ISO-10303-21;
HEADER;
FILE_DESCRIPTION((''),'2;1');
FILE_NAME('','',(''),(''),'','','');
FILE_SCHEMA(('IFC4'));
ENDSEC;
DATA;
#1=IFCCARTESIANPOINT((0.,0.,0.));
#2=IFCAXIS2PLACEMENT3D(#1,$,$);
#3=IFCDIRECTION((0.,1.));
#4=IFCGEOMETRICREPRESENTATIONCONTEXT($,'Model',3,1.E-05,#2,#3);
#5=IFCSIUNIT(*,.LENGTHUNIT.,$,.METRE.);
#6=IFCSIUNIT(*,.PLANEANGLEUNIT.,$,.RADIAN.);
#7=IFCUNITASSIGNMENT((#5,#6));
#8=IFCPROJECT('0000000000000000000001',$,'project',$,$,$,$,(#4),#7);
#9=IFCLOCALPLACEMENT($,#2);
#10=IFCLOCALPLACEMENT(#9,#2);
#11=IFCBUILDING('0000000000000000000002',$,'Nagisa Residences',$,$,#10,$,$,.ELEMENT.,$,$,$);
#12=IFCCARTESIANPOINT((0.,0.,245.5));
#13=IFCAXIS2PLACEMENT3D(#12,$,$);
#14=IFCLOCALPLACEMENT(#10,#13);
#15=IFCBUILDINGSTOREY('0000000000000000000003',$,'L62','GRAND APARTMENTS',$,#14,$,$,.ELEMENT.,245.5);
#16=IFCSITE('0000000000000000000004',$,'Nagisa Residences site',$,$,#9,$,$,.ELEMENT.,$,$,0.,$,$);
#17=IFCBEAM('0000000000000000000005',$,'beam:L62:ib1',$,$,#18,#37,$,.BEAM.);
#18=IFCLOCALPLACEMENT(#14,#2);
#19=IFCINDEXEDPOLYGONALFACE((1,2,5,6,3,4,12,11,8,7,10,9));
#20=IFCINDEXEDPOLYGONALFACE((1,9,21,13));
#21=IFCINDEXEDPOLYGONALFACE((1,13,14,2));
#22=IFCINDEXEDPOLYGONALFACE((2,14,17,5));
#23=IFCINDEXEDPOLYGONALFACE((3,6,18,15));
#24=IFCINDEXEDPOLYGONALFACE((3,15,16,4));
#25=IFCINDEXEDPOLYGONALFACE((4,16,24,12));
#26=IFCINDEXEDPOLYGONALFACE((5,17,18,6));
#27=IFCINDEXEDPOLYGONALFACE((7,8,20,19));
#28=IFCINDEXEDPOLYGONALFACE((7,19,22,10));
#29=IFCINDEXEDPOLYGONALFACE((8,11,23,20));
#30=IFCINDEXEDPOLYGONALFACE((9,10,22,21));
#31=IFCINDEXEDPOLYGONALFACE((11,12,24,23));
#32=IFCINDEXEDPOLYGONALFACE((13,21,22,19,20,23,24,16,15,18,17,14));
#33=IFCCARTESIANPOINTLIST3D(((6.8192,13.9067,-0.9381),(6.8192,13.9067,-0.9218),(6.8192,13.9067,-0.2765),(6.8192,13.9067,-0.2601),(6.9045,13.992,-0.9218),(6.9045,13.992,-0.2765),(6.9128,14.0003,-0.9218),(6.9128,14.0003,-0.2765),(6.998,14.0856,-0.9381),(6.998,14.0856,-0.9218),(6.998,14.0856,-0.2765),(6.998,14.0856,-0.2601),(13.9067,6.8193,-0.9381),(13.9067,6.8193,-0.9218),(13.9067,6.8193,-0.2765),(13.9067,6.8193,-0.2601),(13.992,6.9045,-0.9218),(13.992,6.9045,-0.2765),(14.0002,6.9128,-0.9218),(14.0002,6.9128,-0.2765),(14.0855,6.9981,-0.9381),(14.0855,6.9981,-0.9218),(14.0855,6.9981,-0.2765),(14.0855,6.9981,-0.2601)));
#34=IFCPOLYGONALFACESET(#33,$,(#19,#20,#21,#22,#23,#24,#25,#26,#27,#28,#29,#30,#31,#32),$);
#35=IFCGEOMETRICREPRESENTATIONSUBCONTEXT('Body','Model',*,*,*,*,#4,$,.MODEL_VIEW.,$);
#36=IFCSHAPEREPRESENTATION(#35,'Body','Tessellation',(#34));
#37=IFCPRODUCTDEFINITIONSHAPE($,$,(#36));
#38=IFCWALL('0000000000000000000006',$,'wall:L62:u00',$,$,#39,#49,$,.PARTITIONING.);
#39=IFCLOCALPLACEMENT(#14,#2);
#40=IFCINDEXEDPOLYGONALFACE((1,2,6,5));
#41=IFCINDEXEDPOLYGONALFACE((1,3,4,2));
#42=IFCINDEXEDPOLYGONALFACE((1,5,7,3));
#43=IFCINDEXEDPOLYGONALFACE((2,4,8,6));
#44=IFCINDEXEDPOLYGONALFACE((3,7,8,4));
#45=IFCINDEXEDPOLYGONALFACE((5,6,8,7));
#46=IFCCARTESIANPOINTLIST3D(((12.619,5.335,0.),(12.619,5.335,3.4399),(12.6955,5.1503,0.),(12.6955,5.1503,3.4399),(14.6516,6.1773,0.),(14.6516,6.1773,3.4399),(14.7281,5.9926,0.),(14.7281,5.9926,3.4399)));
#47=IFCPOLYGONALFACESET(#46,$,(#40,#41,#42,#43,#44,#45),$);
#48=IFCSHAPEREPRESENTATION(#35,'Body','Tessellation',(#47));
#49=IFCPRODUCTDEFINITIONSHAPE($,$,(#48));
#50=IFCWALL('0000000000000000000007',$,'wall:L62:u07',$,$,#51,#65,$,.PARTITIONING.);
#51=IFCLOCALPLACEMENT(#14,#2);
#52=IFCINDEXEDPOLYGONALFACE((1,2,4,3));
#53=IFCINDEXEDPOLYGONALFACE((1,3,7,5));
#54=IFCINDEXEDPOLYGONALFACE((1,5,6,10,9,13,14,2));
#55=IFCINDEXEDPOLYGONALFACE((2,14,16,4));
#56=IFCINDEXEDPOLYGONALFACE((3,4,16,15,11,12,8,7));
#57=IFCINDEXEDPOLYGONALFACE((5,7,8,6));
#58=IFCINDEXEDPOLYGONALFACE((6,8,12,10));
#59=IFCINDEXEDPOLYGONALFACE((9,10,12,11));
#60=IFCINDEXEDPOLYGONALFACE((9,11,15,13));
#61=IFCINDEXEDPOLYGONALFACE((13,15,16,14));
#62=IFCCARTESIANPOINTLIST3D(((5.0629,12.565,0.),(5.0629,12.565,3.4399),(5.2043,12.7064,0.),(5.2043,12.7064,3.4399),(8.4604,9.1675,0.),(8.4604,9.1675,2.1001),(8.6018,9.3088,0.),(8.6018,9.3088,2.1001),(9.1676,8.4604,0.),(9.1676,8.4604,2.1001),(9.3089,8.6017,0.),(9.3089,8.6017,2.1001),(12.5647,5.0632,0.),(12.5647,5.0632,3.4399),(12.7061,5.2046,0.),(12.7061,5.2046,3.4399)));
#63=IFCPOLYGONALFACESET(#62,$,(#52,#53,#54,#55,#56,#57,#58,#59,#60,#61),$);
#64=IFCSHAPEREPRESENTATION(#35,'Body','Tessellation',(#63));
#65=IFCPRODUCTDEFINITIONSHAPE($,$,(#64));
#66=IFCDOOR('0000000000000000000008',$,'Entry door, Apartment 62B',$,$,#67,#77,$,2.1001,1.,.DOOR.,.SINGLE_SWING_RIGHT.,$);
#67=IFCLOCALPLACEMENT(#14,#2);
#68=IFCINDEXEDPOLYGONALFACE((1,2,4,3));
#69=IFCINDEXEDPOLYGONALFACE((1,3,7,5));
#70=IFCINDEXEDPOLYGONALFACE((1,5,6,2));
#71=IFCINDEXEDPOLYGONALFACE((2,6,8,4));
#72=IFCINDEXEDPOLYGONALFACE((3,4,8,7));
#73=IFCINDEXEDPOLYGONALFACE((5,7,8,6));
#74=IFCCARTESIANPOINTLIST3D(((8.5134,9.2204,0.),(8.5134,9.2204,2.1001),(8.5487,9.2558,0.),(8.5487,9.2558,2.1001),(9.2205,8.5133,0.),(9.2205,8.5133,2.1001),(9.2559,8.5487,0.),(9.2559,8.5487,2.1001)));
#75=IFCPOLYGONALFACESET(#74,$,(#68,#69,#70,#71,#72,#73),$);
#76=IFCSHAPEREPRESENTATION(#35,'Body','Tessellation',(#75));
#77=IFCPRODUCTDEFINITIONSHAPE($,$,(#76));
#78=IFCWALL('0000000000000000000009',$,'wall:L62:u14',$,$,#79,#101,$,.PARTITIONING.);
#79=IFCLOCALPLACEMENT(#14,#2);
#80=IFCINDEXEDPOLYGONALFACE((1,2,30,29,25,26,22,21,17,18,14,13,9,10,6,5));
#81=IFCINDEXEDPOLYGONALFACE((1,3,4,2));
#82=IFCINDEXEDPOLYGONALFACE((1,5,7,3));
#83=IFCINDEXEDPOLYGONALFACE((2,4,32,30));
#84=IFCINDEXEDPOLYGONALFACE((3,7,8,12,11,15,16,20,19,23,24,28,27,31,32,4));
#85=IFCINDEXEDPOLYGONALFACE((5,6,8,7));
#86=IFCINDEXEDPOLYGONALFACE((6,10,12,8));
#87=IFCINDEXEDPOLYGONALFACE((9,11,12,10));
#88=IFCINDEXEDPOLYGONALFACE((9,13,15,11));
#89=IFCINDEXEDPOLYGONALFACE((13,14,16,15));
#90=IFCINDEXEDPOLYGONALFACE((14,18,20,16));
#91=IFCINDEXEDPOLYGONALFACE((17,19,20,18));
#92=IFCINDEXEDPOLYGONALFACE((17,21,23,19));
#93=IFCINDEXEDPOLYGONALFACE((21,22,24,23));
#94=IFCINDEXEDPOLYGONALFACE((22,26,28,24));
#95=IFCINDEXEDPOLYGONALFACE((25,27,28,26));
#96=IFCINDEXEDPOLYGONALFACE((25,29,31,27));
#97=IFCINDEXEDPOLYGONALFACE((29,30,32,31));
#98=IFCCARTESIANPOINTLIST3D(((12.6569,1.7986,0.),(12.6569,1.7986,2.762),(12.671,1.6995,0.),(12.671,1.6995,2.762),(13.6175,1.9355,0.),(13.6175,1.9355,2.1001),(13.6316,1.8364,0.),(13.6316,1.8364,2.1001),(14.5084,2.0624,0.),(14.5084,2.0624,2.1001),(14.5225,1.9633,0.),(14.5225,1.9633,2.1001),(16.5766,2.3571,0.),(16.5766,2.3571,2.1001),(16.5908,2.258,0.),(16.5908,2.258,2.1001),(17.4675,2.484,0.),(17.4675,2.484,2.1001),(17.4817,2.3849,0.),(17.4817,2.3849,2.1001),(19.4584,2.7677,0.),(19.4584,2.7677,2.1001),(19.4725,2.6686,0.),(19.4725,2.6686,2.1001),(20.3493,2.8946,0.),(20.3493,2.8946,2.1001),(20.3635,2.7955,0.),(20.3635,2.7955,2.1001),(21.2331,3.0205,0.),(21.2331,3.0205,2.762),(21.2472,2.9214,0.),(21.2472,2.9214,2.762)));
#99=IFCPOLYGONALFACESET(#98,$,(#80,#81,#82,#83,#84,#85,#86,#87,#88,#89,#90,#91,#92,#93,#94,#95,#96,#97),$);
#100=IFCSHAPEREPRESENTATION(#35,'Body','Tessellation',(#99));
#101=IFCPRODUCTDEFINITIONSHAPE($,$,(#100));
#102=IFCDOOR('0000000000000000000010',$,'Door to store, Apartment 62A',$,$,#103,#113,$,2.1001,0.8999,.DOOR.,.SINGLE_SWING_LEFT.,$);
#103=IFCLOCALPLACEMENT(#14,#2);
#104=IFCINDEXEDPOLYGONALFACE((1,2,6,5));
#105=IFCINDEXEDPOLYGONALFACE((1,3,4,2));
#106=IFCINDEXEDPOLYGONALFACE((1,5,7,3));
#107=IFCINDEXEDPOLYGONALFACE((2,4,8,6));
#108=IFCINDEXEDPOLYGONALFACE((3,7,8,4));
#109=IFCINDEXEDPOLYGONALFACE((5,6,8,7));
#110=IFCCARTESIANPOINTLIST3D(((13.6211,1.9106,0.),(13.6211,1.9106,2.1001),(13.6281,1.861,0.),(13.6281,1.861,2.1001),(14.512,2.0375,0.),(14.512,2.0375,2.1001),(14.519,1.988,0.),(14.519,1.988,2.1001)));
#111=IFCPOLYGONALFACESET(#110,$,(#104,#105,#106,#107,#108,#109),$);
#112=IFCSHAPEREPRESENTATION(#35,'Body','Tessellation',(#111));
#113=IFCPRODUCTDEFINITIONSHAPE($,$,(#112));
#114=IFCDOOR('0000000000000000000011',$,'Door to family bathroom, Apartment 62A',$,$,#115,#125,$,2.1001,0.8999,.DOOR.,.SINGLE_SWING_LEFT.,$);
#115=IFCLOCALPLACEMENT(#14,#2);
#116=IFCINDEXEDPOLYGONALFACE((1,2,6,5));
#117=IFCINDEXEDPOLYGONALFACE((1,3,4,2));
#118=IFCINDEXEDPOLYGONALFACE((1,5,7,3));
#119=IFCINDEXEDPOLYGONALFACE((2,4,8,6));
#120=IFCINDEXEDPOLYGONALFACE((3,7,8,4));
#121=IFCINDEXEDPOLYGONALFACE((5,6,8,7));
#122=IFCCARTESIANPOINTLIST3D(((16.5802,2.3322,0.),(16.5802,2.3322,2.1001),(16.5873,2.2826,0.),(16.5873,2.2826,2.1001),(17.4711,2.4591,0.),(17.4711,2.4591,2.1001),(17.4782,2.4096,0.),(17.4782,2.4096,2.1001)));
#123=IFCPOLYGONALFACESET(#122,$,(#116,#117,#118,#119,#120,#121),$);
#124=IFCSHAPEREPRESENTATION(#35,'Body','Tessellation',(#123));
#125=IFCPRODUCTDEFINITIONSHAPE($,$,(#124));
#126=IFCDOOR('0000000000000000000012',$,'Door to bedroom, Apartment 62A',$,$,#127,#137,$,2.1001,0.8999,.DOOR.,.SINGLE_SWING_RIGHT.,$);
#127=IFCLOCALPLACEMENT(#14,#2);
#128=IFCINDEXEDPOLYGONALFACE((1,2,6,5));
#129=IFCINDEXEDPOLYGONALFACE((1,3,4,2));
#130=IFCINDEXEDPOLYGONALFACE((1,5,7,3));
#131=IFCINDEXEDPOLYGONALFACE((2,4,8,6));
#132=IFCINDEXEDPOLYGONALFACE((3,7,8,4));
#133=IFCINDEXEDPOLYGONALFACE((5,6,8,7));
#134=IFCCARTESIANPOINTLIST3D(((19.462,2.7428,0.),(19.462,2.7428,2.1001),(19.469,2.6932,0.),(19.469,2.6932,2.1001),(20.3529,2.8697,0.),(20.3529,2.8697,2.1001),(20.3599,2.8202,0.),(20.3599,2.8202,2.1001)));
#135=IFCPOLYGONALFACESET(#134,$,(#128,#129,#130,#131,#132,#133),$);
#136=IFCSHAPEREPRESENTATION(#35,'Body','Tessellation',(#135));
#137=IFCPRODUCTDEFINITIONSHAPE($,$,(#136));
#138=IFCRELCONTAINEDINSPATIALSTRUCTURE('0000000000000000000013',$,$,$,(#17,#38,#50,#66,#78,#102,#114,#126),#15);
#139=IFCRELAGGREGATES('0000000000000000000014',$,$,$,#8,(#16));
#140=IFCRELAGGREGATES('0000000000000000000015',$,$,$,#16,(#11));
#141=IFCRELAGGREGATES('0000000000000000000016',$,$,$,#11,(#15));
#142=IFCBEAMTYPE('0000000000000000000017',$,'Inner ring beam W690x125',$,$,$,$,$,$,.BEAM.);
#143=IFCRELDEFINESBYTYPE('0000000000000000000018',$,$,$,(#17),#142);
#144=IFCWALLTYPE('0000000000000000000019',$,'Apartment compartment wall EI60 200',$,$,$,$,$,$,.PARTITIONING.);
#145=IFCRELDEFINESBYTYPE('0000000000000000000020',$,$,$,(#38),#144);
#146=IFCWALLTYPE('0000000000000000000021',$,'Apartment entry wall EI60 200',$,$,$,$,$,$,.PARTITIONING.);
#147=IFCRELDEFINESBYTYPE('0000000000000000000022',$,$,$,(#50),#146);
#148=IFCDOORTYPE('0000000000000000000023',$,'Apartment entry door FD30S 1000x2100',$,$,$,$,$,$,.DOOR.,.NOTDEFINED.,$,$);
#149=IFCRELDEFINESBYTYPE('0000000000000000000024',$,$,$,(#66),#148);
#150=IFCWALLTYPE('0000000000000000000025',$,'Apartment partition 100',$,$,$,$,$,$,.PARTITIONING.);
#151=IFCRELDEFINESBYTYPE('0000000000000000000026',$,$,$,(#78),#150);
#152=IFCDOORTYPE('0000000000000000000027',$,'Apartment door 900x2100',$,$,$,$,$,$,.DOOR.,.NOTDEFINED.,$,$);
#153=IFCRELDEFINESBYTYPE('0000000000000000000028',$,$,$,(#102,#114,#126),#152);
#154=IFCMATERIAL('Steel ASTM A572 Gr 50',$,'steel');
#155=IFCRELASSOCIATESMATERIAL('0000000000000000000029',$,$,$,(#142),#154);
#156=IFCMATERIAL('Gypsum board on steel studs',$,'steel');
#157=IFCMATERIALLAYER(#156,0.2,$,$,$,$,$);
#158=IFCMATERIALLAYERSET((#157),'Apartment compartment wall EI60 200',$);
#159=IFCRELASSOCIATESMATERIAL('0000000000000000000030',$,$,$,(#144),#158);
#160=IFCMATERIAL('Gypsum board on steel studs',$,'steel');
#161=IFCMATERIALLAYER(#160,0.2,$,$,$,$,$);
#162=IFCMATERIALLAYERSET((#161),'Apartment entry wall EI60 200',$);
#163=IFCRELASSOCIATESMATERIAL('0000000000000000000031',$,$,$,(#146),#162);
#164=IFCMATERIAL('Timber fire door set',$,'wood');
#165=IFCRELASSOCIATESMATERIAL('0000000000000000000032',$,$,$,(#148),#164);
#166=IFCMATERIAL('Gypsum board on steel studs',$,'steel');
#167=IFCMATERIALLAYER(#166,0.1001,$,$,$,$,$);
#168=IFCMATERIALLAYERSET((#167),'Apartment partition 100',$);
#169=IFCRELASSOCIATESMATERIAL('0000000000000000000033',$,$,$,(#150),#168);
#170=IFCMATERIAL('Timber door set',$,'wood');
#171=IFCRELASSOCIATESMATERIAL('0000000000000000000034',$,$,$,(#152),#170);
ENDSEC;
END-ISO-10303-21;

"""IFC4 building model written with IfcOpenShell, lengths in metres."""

from ifc_helpers import new_model, si_unit, direction, frame, frame_2d, origin, origin_2d, place, context, subcontext, project, spatial, rectangle, i_section, extrude, material, layer, layer_set, material_profile, profile_set, type_object, element, fill, save


model = new_model("IFC4")

# Units and contexts
model_context = context("Model", 3, precision=1e-05, world=origin(), true_north=direction((0.0, 1.0)))
body_context = subcontext(model_context, "Body", "Model", "MODEL_VIEW")
ifc_project = project(units=[si_unit("LENGTHUNIT", "METRE"), si_unit("PLANEANGLEUNIT", "RADIAN")], contexts=[model_context])

# Site, building, storey
site_placement = place(None, origin())
site = spatial("IfcSite", under=ifc_project, at=site_placement, Name="Nagisa Residences site", CompositionType="ELEMENT", RefElevation=0.0)
building_placement = place(site_placement, origin())
building = spatial("IfcBuilding", under=site, at=building_placement, Name="Nagisa Residences", CompositionType="ELEMENT")
storey_placement = place(building_placement, frame((0.0, 0.0, 245.5)))
storey = spatial("IfcBuildingStorey", under=building, at=storey_placement, Name="L62", Description="GRAND APARTMENTS", CompositionType="ELEMENT", Elevation=245.5)

# Beam
ifc_material_1 = material(Name="Steel ASTM A572 Gr 50", Category="steel")
ifc_material_profile = material_profile(ifc_material_1, i_section(OverallWidth=0.2529, OverallDepth=0.678, WebThickness=0.0117, FlangeThickness=0.0164, at=origin_2d()), Name="W690x125")
ifc_profile_set = profile_set([ifc_material_profile], Name="Steel ASTM A572 Gr 50")
beam_type = type_object("IfcBeamType", Name="Inner ring beam W690x125", PredefinedType="BEAM", material=ifc_profile_set)
beam_placement = place(storey_placement, frame((13.9961, 6.9087, -0.5991), z_axis=(-0.707107, 0.707107, 0.0), x_axis=(-0.707107, -0.707107, 0.0)))
element("IfcBeam", 1, at=beam_placement, inside=storey, type_object=beam_type, Name="beam:L62:ib1", PredefinedType="BEAM", context=body_context, shape_type="SweptSolid", body=[
    extrude(i_section(OverallWidth=0.2529, OverallDepth=0.678, WebThickness=0.0117, FlangeThickness=0.0164, at=origin_2d()), origin(), (0.0, 0.0, 1.0), 10.0232),
])

# Wall
ifc_material_2 = material(Name="Gypsum board on steel studs", Category="steel")
ifc_layer_1 = layer(ifc_material_2, 0.2)
ifc_layer_set_1 = layer_set([ifc_layer_1], Name="Apartment compartment wall EI60 200")
wall_type_1 = type_object("IfcWallType", Name="Apartment compartment wall EI60 200", PredefinedType="PARTITIONING", material=ifc_layer_set_1)
wall_1_placement = place(storey_placement, frame((12.6572, 5.2427, 0.0), z_axis=(0.0, 0.0, 1.0), x_axis=(0.92383, 0.382803, 0.0)))
element("IfcWall", 2, at=wall_1_placement, inside=storey, type_object=wall_type_1, Name="wall:L62:u00", PredefinedType="PARTITIONING", context=body_context, shape_type="SweptSolid", body=[
    extrude(rectangle(XDim=2.2002, YDim=0.2, at=frame_2d((1.1001, 0.0))), origin(), (0.0, 0.0, 1.0), 3.4399),
])

# Wall, opening, door
ifc_material_3 = material(Name="Gypsum board on steel studs", Category="steel")
ifc_layer_2 = layer(ifc_material_3, 0.2)
ifc_layer_set_2 = layer_set([ifc_layer_2], Name="Apartment entry wall EI60 200")
wall_type_2 = type_object("IfcWallType", Name="Apartment entry wall EI60 200", PredefinedType="PARTITIONING", material=ifc_layer_set_2)
wall_2_placement = place(storey_placement, frame((12.6355, 5.1338, 0.0), z_axis=(0.0, 0.0, 1.0), x_axis=(-0.707107, 0.707107, 0.0)))
wall_2 = element("IfcWall", 3, at=wall_2_placement, inside=storey, type_object=wall_type_2, Name="wall:L62:u07", PredefinedType="PARTITIONING", context=body_context, shape_type="SweptSolid", body=[
    extrude(rectangle(XDim=10.6091, YDim=0.2, at=frame_2d((5.3047, 0.0))), origin(), (0.0, 0.0, 1.0), 3.4399),
])
opening_1_placement = place(wall_2_placement, frame((4.8044, 0.0, 0.0)))
opening_1 = element("IfcOpeningElement", 4, at=opening_1_placement, cuts=wall_2, PredefinedType="OPENING", context=body_context, shape_type="SweptSolid", body=[
    extrude(rectangle(XDim=1.0, YDim=2.1001, at=frame_2d((0.5, 1.05))), frame((0.0, 0.1099, 0.0), z_axis=(0.0, -1.0, 0.0), x_axis=(1.0, 0.0, 0.0)), (0.0, 0.0, 1.0), 0.22),
])
ifc_material_4 = material(Name="Timber fire door set", Category="wood")
door_type_1 = type_object("IfcDoorType", Name="Apartment entry door FD30S 1000x2100", OperationType="NOTDEFINED", PredefinedType="DOOR", material=ifc_material_4)
door_1_placement = place(opening_1_placement, frame((1.0, 0.0, 0.0), x_axis=(-1.0, 0.0, 0.0)))
door_1 = element("IfcDoor", 5, at=door_1_placement, inside=storey, type_object=door_type_1, Name="Entry door, Apartment 62B", OperationType="SINGLE_SWING_RIGHT", OverallHeight=2.1001, OverallWidth=1.0, PredefinedType="DOOR", context=body_context, shape_type="SweptSolid", body=[
    extrude(rectangle(XDim=1.0, YDim=2.1001, at=frame_2d((0.5, 1.05))), frame((0.0, 0.0249, 0.0), z_axis=(0.0, -1.0, 0.0), x_axis=(1.0, 0.0, 0.0)), (0.0, 0.0, 1.0), 0.05),
])
fill(opening_1, door_1)

# Wall, openings, doors
ifc_material_5 = material(Name="Gypsum board on steel studs", Category="steel")
ifc_layer_3 = layer(ifc_material_5, 0.1001)
ifc_layer_set_3 = layer_set([ifc_layer_3], Name="Apartment partition 100")
wall_type_3 = type_object("IfcWallType", Name="Apartment partition 100", PredefinedType="PARTITIONING", material=ifc_layer_set_3)
wall_3_placement = place(storey_placement, frame((12.6638, 1.749, 0.0), z_axis=(0.0, 0.0, 1.0), x_axis=(0.990002, 0.141054, 0.0)))
wall_3 = element("IfcWall", 6, at=wall_3_placement, inside=storey, type_object=wall_type_3, Name="wall:L62:u14", PredefinedType="PARTITIONING", context=body_context, shape_type="SweptSolid", body=[
    extrude(rectangle(XDim=8.6628, YDim=0.1001, at=frame_2d((4.3315, 0.0))), origin(), (0.0, 0.0, 1.0), 2.762),
])
opening_2_placement = place(wall_3_placement, frame((0.9705, 0.0, 0.0)))
opening_2 = element("IfcOpeningElement", 7, at=opening_2_placement, cuts=wall_3, PredefinedType="OPENING", context=body_context, shape_type="SweptSolid", body=[
    extrude(rectangle(XDim=0.8999, YDim=2.1001, at=frame_2d((0.45, 1.05))), frame((0.0, 0.0601, 0.0), z_axis=(0.0, -1.0, 0.0), x_axis=(1.0, 0.0, 0.0)), (0.0, 0.0, 1.0), 0.1201),
])
opening_3_placement = place(wall_3_placement, frame((3.9595, 0.0, 0.0)))
opening_3 = element("IfcOpeningElement", 8, at=opening_3_placement, cuts=wall_3, PredefinedType="OPENING", context=body_context, shape_type="SweptSolid", body=[
    extrude(rectangle(XDim=0.8999, YDim=2.1001, at=frame_2d((0.45, 1.05))), frame((0.0, 0.0601, 0.0), z_axis=(0.0, -1.0, 0.0), x_axis=(1.0, 0.0, 0.0)), (0.0, 0.0, 1.0), 0.1201),
])
opening_4_placement = place(wall_3_placement, frame((6.8704, 0.0, 0.0)))
opening_4 = element("IfcOpeningElement", 9, at=opening_4_placement, cuts=wall_3, PredefinedType="OPENING", context=body_context, shape_type="SweptSolid", body=[
    extrude(rectangle(XDim=0.8999, YDim=2.1001, at=frame_2d((0.45, 1.05))), frame((0.0, 0.0601, 0.0), z_axis=(0.0, -1.0, 0.0), x_axis=(1.0, 0.0, 0.0)), (0.0, 0.0, 1.0), 0.1201),
])
ifc_material_6 = material(Name="Timber door set", Category="wood")
door_type_2 = type_object("IfcDoorType", Name="Apartment door 900x2100", OperationType="NOTDEFINED", PredefinedType="DOOR", material=ifc_material_6)
door_2_placement = place(opening_2_placement, origin())
door_2 = element("IfcDoor", 10, at=door_2_placement, inside=storey, type_object=door_type_2, Name="Door to store, Apartment 62A", OperationType="SINGLE_SWING_LEFT", OverallHeight=2.1001, OverallWidth=0.8999, PredefinedType="DOOR", context=body_context, shape_type="SweptSolid", body=[
    extrude(rectangle(XDim=0.8999, YDim=2.1001, at=frame_2d((0.45, 1.05))), frame((0.0, 0.0249, 0.0), z_axis=(0.0, -1.0, 0.0), x_axis=(1.0, 0.0, 0.0)), (0.0, 0.0, 1.0), 0.05),
])
fill(opening_2, door_2)
door_3_placement = place(opening_3_placement, origin())
door_3 = element("IfcDoor", 11, at=door_3_placement, inside=storey, type_object=door_type_2, Name="Door to family bathroom, Apartment 62A", OperationType="SINGLE_SWING_LEFT", OverallHeight=2.1001, OverallWidth=0.8999, PredefinedType="DOOR", context=body_context, shape_type="SweptSolid", body=[
    extrude(rectangle(XDim=0.8999, YDim=2.1001, at=frame_2d((0.45, 1.05))), frame((0.0, 0.0249, 0.0), z_axis=(0.0, -1.0, 0.0), x_axis=(1.0, 0.0, 0.0)), (0.0, 0.0, 1.0), 0.05),
])
fill(opening_3, door_3)
door_4_placement = place(opening_4_placement, origin())
door_4 = element("IfcDoor", 12, at=door_4_placement, inside=storey, type_object=door_type_2, Name="Door to bedroom, Apartment 62A", OperationType="SINGLE_SWING_RIGHT", OverallHeight=2.1001, OverallWidth=0.8999, PredefinedType="DOOR", context=body_context, shape_type="SweptSolid", body=[
    extrude(rectangle(XDim=0.8999, YDim=2.1001, at=frame_2d((0.45, 1.05))), frame((0.0, 0.0249, 0.0), z_axis=(0.0, -1.0, 0.0), x_axis=(1.0, 0.0, 0.0)), (0.0, 0.0, 1.0), 0.05),
])
fill(opening_4, door_4)

save(model, "model.ifc")
